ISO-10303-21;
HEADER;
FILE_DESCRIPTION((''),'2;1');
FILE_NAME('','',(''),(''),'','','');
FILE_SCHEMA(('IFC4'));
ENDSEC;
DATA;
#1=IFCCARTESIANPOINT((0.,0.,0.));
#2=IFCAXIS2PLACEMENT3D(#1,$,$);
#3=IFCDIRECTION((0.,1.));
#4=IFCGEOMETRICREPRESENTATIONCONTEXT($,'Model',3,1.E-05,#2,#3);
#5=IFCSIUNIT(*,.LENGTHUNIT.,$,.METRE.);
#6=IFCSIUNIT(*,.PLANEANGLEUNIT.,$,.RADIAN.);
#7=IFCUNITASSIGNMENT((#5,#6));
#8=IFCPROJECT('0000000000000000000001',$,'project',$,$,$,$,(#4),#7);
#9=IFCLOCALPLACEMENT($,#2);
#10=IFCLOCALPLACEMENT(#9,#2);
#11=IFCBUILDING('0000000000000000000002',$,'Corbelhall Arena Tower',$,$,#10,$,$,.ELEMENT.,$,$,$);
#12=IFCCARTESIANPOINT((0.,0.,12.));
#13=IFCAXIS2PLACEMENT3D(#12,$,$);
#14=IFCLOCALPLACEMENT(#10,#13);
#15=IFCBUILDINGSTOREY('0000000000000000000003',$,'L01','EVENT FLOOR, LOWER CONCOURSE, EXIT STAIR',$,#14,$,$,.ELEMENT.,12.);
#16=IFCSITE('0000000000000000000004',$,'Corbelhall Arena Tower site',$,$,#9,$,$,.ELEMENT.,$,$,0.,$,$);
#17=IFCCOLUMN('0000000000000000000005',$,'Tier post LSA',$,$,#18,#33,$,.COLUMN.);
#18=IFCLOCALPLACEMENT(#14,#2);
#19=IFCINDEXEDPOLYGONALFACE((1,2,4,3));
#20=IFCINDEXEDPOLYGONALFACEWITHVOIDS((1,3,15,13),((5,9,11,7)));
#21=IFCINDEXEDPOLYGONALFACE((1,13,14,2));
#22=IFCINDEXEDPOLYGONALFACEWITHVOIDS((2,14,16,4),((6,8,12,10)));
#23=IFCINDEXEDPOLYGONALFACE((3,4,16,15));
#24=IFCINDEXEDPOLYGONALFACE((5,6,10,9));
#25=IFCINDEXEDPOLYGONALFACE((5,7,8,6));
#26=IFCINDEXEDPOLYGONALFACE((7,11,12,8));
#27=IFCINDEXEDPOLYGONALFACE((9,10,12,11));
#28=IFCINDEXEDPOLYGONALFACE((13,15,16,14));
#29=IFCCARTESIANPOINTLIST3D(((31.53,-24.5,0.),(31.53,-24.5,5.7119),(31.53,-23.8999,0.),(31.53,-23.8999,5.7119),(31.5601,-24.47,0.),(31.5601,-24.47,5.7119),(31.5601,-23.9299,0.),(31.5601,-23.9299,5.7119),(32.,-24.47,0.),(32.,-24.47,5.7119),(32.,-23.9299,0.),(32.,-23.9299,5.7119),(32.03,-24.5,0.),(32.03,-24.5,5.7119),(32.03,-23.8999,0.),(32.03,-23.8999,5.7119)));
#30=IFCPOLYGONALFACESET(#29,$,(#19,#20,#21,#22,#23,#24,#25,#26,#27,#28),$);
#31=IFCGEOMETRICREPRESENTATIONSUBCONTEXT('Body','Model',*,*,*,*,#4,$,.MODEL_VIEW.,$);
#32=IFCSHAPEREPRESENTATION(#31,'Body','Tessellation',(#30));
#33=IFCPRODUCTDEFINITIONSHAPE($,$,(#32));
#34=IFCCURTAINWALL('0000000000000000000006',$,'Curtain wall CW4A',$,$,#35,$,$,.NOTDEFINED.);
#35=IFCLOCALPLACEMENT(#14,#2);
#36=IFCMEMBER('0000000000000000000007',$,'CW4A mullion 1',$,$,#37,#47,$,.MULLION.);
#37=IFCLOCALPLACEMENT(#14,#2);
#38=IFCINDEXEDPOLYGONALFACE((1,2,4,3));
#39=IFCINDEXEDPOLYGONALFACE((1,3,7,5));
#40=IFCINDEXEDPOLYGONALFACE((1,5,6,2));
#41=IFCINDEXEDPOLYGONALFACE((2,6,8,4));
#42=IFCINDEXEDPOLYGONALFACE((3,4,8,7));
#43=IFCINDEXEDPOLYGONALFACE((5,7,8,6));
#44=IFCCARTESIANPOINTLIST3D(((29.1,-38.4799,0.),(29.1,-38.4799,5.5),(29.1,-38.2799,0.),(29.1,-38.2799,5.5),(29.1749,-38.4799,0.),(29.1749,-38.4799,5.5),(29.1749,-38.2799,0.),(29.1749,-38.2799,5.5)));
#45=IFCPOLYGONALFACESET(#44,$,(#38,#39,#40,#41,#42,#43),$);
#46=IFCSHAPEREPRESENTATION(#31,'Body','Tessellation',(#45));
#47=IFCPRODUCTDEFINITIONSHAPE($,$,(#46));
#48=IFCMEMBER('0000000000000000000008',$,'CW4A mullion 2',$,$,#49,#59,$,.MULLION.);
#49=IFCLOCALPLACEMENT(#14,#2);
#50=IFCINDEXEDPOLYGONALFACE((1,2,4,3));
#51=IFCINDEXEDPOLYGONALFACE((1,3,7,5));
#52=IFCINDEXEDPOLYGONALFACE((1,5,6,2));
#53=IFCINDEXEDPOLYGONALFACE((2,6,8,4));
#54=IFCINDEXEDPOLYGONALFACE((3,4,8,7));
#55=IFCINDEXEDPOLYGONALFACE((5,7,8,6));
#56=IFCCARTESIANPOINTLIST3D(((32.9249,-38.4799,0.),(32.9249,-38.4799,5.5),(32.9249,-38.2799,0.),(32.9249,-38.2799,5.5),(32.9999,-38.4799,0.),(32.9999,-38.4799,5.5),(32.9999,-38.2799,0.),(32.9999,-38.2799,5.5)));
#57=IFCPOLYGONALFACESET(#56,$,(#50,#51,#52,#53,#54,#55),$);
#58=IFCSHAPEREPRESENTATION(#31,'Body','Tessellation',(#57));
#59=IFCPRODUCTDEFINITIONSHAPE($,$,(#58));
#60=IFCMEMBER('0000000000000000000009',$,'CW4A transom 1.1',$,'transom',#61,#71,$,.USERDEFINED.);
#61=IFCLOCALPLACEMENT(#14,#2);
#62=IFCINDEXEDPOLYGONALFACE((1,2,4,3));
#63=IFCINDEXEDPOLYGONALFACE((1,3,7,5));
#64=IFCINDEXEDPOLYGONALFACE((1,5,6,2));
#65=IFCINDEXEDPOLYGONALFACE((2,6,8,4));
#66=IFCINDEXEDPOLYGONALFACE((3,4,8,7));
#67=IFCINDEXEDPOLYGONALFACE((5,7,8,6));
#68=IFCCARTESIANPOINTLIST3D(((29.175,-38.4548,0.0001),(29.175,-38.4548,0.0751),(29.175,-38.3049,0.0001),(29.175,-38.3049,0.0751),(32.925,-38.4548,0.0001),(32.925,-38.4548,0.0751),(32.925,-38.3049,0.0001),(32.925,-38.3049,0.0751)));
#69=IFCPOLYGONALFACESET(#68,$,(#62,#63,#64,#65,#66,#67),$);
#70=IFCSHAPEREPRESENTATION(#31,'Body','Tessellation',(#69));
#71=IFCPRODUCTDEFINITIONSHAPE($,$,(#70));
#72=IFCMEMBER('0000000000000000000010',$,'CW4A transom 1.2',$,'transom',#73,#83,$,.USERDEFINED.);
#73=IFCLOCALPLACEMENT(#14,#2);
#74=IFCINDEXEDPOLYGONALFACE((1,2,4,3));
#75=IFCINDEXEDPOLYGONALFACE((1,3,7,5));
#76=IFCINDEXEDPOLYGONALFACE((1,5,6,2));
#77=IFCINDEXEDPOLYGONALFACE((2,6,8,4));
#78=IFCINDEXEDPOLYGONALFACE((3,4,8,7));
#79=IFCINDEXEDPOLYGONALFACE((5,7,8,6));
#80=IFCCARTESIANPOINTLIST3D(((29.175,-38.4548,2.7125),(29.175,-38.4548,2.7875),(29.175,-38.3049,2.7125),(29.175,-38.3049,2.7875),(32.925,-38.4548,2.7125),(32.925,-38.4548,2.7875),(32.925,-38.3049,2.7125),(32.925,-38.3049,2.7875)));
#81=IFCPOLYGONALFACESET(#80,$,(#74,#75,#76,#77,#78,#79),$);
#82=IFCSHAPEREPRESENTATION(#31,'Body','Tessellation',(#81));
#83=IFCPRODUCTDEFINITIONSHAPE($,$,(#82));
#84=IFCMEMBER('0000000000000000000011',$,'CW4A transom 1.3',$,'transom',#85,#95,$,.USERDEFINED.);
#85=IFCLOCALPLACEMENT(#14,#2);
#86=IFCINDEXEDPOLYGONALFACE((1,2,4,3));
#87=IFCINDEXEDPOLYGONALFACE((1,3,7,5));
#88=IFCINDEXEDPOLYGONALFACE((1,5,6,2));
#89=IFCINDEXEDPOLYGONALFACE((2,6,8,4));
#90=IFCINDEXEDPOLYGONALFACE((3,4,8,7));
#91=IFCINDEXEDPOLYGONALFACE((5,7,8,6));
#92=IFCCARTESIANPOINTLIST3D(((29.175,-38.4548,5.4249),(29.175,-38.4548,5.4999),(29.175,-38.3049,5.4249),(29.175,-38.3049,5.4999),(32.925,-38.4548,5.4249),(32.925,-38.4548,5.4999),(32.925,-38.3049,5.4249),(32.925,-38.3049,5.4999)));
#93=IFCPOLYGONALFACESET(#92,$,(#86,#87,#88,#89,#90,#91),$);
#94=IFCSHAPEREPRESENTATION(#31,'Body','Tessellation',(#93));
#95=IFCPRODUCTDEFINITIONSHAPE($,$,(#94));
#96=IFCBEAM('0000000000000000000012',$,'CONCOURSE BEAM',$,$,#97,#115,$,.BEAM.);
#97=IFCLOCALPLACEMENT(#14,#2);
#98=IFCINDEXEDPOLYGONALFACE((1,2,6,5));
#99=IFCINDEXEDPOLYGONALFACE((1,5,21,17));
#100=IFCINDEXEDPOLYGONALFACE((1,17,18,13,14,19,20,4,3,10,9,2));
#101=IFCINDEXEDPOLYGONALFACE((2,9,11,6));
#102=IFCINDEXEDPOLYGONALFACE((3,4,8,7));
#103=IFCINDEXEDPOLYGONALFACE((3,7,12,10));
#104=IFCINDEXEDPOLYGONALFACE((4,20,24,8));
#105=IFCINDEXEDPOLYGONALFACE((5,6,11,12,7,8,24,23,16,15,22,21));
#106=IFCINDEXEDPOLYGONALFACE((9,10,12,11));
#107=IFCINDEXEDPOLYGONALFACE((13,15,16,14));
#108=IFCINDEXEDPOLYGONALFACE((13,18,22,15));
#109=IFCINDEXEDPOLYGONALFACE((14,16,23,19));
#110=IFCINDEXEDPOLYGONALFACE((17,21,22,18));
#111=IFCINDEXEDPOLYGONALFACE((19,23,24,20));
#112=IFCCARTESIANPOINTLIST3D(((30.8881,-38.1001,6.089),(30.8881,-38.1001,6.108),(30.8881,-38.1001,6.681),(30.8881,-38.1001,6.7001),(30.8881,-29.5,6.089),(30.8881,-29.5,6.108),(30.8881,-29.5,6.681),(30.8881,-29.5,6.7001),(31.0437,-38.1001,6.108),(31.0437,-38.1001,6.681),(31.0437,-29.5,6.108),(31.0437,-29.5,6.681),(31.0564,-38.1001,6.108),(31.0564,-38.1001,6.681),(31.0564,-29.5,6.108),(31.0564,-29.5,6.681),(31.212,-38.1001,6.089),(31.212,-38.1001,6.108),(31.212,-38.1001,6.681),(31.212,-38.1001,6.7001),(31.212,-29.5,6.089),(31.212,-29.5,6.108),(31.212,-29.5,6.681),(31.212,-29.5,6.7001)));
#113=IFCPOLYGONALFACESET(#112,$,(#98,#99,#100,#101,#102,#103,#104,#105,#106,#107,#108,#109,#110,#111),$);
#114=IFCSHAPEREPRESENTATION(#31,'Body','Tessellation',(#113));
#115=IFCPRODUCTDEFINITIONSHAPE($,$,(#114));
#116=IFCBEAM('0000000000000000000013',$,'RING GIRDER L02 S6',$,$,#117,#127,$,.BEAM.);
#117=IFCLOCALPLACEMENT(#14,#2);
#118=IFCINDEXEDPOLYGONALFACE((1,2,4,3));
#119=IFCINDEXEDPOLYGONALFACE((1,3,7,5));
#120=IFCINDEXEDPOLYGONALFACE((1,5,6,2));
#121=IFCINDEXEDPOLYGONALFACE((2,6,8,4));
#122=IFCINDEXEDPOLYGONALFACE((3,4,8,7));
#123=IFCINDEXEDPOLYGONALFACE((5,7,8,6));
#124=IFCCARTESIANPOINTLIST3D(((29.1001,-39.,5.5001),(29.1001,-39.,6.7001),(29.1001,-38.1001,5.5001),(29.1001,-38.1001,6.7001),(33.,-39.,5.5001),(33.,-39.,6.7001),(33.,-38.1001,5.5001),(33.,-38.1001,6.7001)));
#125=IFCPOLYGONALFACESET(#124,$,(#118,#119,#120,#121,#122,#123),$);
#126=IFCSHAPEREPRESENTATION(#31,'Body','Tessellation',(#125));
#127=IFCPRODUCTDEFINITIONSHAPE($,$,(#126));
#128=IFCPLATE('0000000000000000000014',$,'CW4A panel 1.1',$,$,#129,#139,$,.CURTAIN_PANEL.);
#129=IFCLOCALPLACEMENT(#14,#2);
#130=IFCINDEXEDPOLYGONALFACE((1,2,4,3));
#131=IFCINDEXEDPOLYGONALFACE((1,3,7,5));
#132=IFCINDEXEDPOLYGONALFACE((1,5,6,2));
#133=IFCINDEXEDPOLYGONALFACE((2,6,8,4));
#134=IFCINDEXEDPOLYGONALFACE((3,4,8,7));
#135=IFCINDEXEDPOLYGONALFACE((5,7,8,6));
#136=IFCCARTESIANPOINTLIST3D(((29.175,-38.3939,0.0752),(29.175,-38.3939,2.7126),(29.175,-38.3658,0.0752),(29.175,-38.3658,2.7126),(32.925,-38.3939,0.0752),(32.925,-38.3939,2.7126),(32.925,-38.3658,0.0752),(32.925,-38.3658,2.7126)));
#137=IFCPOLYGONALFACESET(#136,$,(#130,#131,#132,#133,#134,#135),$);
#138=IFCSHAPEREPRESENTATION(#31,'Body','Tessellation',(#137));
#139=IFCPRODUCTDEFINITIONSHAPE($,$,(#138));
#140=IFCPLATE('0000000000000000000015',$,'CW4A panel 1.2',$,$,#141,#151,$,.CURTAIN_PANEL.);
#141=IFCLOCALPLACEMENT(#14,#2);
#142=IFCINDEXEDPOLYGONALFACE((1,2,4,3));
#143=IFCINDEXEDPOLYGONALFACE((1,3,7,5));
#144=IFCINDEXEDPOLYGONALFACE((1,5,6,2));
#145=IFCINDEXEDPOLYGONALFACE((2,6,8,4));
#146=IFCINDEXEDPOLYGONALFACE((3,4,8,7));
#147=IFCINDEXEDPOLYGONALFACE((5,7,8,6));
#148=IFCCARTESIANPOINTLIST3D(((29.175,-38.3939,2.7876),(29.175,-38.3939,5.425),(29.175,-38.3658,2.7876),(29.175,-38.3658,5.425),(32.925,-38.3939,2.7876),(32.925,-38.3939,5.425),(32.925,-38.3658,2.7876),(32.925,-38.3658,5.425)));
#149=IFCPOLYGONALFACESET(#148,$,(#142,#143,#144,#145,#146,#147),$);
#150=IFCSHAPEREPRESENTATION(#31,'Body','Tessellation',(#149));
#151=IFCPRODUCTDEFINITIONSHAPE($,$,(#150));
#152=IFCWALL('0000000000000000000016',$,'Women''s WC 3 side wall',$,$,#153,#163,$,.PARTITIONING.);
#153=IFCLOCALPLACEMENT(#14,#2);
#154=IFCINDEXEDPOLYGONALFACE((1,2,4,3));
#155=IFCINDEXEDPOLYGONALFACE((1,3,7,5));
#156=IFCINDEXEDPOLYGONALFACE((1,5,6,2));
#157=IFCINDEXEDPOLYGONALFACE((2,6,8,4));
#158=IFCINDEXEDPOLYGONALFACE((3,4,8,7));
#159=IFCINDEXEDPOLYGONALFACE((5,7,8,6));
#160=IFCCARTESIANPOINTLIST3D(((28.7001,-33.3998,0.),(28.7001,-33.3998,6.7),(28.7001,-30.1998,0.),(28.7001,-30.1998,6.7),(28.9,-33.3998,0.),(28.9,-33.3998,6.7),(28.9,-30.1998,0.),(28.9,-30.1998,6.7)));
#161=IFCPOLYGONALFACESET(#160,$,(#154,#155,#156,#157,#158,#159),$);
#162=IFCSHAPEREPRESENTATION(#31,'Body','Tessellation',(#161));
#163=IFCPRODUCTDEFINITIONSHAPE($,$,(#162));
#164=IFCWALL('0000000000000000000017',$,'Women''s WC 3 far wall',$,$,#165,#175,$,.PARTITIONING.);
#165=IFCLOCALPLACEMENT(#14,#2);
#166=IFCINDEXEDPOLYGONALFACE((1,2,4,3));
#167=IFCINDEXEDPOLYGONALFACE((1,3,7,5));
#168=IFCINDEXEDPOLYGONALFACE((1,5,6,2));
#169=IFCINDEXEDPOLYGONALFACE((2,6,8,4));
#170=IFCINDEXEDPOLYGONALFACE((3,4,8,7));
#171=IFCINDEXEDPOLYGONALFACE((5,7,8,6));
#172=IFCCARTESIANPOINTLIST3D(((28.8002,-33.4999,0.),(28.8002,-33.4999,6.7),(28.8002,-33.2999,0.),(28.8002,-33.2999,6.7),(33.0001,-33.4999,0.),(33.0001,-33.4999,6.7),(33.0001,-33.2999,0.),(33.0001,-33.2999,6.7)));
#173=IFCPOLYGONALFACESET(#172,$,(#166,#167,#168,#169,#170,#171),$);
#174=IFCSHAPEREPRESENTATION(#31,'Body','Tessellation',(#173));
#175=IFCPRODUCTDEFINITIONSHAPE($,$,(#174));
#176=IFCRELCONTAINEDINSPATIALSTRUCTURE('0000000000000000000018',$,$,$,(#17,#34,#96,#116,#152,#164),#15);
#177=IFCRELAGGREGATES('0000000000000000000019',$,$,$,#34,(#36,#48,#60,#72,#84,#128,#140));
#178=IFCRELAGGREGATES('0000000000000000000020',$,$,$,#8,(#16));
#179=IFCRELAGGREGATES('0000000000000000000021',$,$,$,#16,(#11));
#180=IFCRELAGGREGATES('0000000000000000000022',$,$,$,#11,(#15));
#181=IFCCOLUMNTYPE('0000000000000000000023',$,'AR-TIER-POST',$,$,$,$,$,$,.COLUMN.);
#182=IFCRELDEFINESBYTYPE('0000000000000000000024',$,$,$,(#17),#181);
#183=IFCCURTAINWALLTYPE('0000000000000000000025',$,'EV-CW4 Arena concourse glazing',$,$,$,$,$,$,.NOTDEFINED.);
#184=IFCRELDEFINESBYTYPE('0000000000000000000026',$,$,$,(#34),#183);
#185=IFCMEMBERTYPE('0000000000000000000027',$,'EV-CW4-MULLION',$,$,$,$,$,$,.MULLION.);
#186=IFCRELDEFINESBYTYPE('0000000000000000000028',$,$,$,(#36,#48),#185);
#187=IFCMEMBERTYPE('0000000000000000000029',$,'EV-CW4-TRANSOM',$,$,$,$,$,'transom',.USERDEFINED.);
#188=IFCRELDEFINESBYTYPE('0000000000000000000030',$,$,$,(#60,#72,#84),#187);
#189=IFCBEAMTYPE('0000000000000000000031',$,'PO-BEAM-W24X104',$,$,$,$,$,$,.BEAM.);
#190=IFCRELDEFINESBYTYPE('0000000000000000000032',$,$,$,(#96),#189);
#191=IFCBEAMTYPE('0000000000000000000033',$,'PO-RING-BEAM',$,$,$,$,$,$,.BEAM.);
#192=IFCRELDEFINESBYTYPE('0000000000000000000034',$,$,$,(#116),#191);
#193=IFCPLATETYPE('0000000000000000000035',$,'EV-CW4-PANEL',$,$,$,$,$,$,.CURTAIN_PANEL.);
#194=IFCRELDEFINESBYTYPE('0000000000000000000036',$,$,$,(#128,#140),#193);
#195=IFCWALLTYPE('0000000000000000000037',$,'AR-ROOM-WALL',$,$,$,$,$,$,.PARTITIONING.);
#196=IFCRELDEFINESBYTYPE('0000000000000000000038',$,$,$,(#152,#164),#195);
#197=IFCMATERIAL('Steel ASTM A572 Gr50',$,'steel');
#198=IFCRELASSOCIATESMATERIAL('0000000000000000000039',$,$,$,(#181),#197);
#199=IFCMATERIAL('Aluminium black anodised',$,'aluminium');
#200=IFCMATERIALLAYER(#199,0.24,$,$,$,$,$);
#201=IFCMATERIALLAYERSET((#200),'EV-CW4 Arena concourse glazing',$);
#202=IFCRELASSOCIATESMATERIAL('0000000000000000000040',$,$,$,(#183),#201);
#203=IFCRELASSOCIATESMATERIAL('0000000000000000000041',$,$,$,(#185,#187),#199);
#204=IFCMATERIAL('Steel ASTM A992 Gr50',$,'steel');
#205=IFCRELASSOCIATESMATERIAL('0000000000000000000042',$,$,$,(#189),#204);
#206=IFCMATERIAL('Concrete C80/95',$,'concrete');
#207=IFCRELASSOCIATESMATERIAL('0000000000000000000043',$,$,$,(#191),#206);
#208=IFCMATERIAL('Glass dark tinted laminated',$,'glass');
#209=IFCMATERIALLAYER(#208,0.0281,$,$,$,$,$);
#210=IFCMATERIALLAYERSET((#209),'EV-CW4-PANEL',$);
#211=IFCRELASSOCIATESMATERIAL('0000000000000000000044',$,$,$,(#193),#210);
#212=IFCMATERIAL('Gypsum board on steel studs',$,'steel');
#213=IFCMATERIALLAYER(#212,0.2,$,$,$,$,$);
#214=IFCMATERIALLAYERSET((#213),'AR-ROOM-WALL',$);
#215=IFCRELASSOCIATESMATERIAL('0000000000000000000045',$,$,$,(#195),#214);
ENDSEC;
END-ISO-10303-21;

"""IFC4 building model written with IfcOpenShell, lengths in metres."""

from ifc_helpers import new_model, si_unit, direction, frame, frame_2d, origin, origin_2d, place, context, subcontext, project, spatial, rectangle, hollow_rectangle, i_section, extrude, material, layer, layer_set, material_profile, profile_set, type_object, element, aggregate, save


model = new_model("IFC4")

# Units and contexts
model_context = context("Model", 3, precision=1e-05, world=origin(), true_north=direction((0.0, 1.0)))
body_context = subcontext(model_context, "Body", "Model", "MODEL_VIEW")
ifc_project = project(units=[si_unit("LENGTHUNIT", "METRE"), si_unit("PLANEANGLEUNIT", "RADIAN")], contexts=[model_context])

# Site, building, storey
site_placement = place(None, origin())
site = spatial("IfcSite", under=ifc_project, at=site_placement, Name="Corbelhall Arena Tower site", CompositionType="ELEMENT", RefElevation=0.0)
building_placement = place(site_placement, origin())
building = spatial("IfcBuilding", under=site, at=building_placement, Name="Corbelhall Arena Tower", CompositionType="ELEMENT")
storey_placement = place(building_placement, frame((0.0, 0.0, 12.0)))
storey = spatial("IfcBuildingStorey", under=building, at=storey_placement, Name="L01", Description="EVENT FLOOR, LOWER CONCOURSE, EXIT STAIR", CompositionType="ELEMENT", Elevation=12.0)

# Column
ifc_material_1 = material(Name="Steel ASTM A572 Gr50", Category="steel")
ifc_material_profile_1 = material_profile(ifc_material_1, hollow_rectangle(XDim=0.5, YDim=0.6001, WallThickness=0.03, at=origin_2d()))
ifc_profile_set_1 = profile_set([ifc_material_profile_1], Name="Steel ASTM A572 Gr50")
column_type = type_object("IfcColumnType", Name="AR-TIER-POST", PredefinedType="COLUMN", material=ifc_profile_set_1)
column_placement = place(storey_placement, frame((31.78, -24.2, 0.0), z_axis=(0.0, 0.0, 1.0), x_axis=(1.0, 0.0, 0.0)))
element("IfcColumn", 1, at=column_placement, inside=storey, type_object=column_type, Name="Tier post LSA", PredefinedType="COLUMN", context=body_context, shape_type="SweptSolid", body=[
    extrude(hollow_rectangle(XDim=0.5, YDim=0.6001, WallThickness=0.03, at=origin_2d()), origin(), (0.0, 0.0, 1.0), 5.7119),
])

# Curtain wall, members
ifc_material_2 = material(Name="Aluminium black anodised", Category="aluminium")
ifc_layer_1 = layer(ifc_material_2, 0.24)
ifc_layer_set_1 = layer_set([ifc_layer_1], Name="EV-CW4 Arena concourse glazing")
curtain_wall_type = type_object("IfcCurtainWallType", Name="EV-CW4 Arena concourse glazing", PredefinedType="NOTDEFINED", material=ifc_layer_set_1)
curtain_wall_placement = place(storey_placement, origin())
curtain_wall = element("IfcCurtainWall", 2, at=curtain_wall_placement, inside=storey, type_object=curtain_wall_type, Name="Curtain wall CW4A", PredefinedType="NOTDEFINED")
ifc_material_profile_2 = material_profile(ifc_material_2, rectangle(XDim=0.2, YDim=0.075, at=origin_2d()))
ifc_profile_set_2 = profile_set([ifc_material_profile_2], Name="Aluminium black anodised")
member_type_1 = type_object("IfcMemberType", Name="EV-CW4-MULLION", PredefinedType="MULLION", material=ifc_profile_set_2)
member_1_placement = place(storey_placement, frame((29.1375, -38.3799, 0.0), z_axis=(0.0, 0.0, 1.0), x_axis=(0.0, 1.0, 0.0)))
member_1 = element("IfcMember", 3, at=member_1_placement, type_object=member_type_1, Name="CW4A mullion 1", PredefinedType="MULLION", context=body_context, shape_type="SweptSolid", body=[
    extrude(rectangle(XDim=0.2, YDim=0.075, at=origin_2d()), origin(), (0.0, 0.0, 1.0), 5.5),
])
member_2_placement = place(storey_placement, frame((32.9624, -38.3799, 0.0), z_axis=(0.0, 0.0, 1.0), x_axis=(0.0, 1.0, 0.0)))
member_2 = element("IfcMember", 4, at=member_2_placement, type_object=member_type_1, Name="CW4A mullion 2", PredefinedType="MULLION", context=body_context, shape_type="SweptSolid", body=[
    extrude(rectangle(XDim=0.2, YDim=0.075, at=origin_2d()), origin(), (0.0, 0.0, 1.0), 5.5),
])
ifc_material_profile_3 = material_profile(ifc_material_2, rectangle(XDim=0.1499, YDim=0.075, at=origin_2d()))
ifc_profile_set_3 = profile_set([ifc_material_profile_3], Name="Aluminium black anodised")
member_type_2 = type_object("IfcMemberType", Name="EV-CW4-TRANSOM", ElementType="transom", PredefinedType="USERDEFINED", material=ifc_profile_set_3)
member_3_placement = place(storey_placement, frame((29.175, -38.3799, 0.0376), z_axis=(1.0, 0.0, 0.0), x_axis=(0.0, 1.0, 0.0)))
member_3 = element("IfcMember", 5, at=member_3_placement, type_object=member_type_2, Name="CW4A transom 1.1", ObjectType="transom", PredefinedType="USERDEFINED", context=body_context, shape_type="SweptSolid", body=[
    extrude(rectangle(XDim=0.1499, YDim=0.075, at=origin_2d()), origin(), (0.0, 0.0, 1.0), 3.75),
])
member_4_placement = place(storey_placement, frame((29.175, -38.3799, 2.75), z_axis=(1.0, 0.0, 0.0), x_axis=(0.0, 1.0, 0.0)))
member_4 = element("IfcMember", 6, at=member_4_placement, type_object=member_type_2, Name="CW4A transom 1.2", ObjectType="transom", PredefinedType="USERDEFINED", context=body_context, shape_type="SweptSolid", body=[
    extrude(rectangle(XDim=0.1499, YDim=0.075, at=origin_2d()), origin(), (0.0, 0.0, 1.0), 3.75),
])
member_5_placement = place(storey_placement, frame((29.175, -38.3799, 5.4624), z_axis=(1.0, 0.0, 0.0), x_axis=(0.0, 1.0, 0.0)))
member_5 = element("IfcMember", 7, at=member_5_placement, type_object=member_type_2, Name="CW4A transom 1.3", ObjectType="transom", PredefinedType="USERDEFINED", context=body_context, shape_type="SweptSolid", body=[
    extrude(rectangle(XDim=0.1499, YDim=0.075, at=origin_2d()), origin(), (0.0, 0.0, 1.0), 3.75),
])

# Beams
ifc_material_3 = material(Name="Steel ASTM A992 Gr50", Category="steel")
ifc_material_profile_4 = material_profile(ifc_material_3, i_section(OverallWidth=0.324, OverallDepth=0.6111, WebThickness=0.0127, FlangeThickness=0.019, at=origin_2d()))
ifc_profile_set_4 = profile_set([ifc_material_profile_4], Name="Steel ASTM A992 Gr50")
beam_type_1 = type_object("IfcBeamType", Name="PO-BEAM-W24X104", PredefinedType="BEAM", material=ifc_profile_set_4)
beam_1_placement = place(storey_placement, frame((31.05, -29.5, 6.3945), z_axis=(0.0, -1.0, 0.0), x_axis=(1.0, 0.0, 0.0)))
element("IfcBeam", 8, at=beam_1_placement, inside=storey, type_object=beam_type_1, Name="CONCOURSE BEAM", PredefinedType="BEAM", context=body_context, shape_type="SweptSolid", body=[
    extrude(i_section(OverallWidth=0.324, OverallDepth=0.6111, WebThickness=0.0127, FlangeThickness=0.019, at=origin_2d()), origin(), (0.0, 0.0, 1.0), 8.6001),
])
ifc_material_4 = material(Name="Concrete C80/95", Category="concrete")
ifc_material_profile_5 = material_profile(ifc_material_4, rectangle(XDim=0.8999, YDim=1.2, at=origin_2d()))
ifc_profile_set_5 = profile_set([ifc_material_profile_5], Name="Concrete C80/95")
beam_type_2 = type_object("IfcBeamType", Name="PO-RING-BEAM", PredefinedType="BEAM", material=ifc_profile_set_5)
beam_2_placement = place(storey_placement, frame((29.1001, -38.55, 6.1001), z_axis=(1.0, 0.0, 0.0), x_axis=(0.0, 1.0, 0.0)))
element("IfcBeam", 9, at=beam_2_placement, inside=storey, type_object=beam_type_2, Name="RING GIRDER L02 S6", PredefinedType="BEAM", context=body_context, shape_type="SweptSolid", body=[
    extrude(rectangle(XDim=0.8999, YDim=1.2, at=origin_2d()), origin(), (0.0, 0.0, 1.0), 3.8999),
])

# Plates
ifc_material_5 = material(Name="Glass dark tinted laminated", Category="glass")
ifc_layer_2 = layer(ifc_material_5, 0.0281)
ifc_layer_set_2 = layer_set([ifc_layer_2], Name="EV-CW4-PANEL")
plate_type = type_object("IfcPlateType", Name="EV-CW4-PANEL", PredefinedType="CURTAIN_PANEL", material=ifc_layer_set_2)
plate_1_placement = place(storey_placement, frame((31.05, -38.3799, 0.0752), z_axis=(0.0, 0.0, 1.0), x_axis=(1.0, 0.0, 0.0)))
plate_1 = element("IfcPlate", 10, at=plate_1_placement, type_object=plate_type, Name="CW4A panel 1.1", PredefinedType="CURTAIN_PANEL", context=body_context, shape_type="SweptSolid", body=[
    extrude(rectangle(XDim=3.75, YDim=0.0281, at=origin_2d()), origin(), (0.0, 0.0, 1.0), 2.6375),
])
plate_2_placement = place(storey_placement, frame((31.05, -38.3799, 2.7876), z_axis=(0.0, 0.0, 1.0), x_axis=(1.0, 0.0, 0.0)))
plate_2 = element("IfcPlate", 11, at=plate_2_placement, type_object=plate_type, Name="CW4A panel 1.2", PredefinedType="CURTAIN_PANEL", context=body_context, shape_type="SweptSolid", body=[
    extrude(rectangle(XDim=3.75, YDim=0.0281, at=origin_2d()), origin(), (0.0, 0.0, 1.0), 2.6375),
])
aggregate(curtain_wall, [member_1, member_2, member_3, member_4, member_5, plate_1, plate_2])

# Shared definitions
ifc_material_6 = material(Name="Gypsum board on steel studs", Category="steel")
ifc_layer_3 = layer(ifc_material_6, 0.2)
ifc_layer_set_3 = layer_set([ifc_layer_3], Name="AR-ROOM-WALL")
wall_type_1 = type_object("IfcWallType", Name="AR-ROOM-WALL", PredefinedType="PARTITIONING", material=ifc_layer_set_3)

# Walls
wall_1_placement = place(storey_placement, frame((28.8, -33.3999, 0.0), z_axis=(0.0, 0.0, 1.0), x_axis=(0.0, 1.0, 0.0)))
element("IfcWall", 12, at=wall_1_placement, inside=storey, type_object=wall_type_1, Name="Women's WC 3 side wall", PredefinedType="PARTITIONING", context=body_context, shape_type="SweptSolid", body=[
    extrude(rectangle(XDim=3.2, YDim=0.2, at=frame_2d((1.6001, 0.0))), origin(), (0.0, 0.0, 1.0), 6.7),
])
wall_2_placement = place(storey_placement, frame((28.8, -33.3999, 0.0), z_axis=(0.0, 0.0, 1.0), x_axis=(1.0, 0.0, 0.0)))
element("IfcWall", 13, at=wall_2_placement, inside=storey, type_object=wall_type_1, Name="Women's WC 3 far wall", PredefinedType="PARTITIONING", context=body_context, shape_type="SweptSolid", body=[
    extrude(rectangle(XDim=4.2, YDim=0.2, at=frame_2d((2.1001, 0.0))), origin(), (0.0, 0.0, 1.0), 6.7),
])

save(model, "model.ifc")
